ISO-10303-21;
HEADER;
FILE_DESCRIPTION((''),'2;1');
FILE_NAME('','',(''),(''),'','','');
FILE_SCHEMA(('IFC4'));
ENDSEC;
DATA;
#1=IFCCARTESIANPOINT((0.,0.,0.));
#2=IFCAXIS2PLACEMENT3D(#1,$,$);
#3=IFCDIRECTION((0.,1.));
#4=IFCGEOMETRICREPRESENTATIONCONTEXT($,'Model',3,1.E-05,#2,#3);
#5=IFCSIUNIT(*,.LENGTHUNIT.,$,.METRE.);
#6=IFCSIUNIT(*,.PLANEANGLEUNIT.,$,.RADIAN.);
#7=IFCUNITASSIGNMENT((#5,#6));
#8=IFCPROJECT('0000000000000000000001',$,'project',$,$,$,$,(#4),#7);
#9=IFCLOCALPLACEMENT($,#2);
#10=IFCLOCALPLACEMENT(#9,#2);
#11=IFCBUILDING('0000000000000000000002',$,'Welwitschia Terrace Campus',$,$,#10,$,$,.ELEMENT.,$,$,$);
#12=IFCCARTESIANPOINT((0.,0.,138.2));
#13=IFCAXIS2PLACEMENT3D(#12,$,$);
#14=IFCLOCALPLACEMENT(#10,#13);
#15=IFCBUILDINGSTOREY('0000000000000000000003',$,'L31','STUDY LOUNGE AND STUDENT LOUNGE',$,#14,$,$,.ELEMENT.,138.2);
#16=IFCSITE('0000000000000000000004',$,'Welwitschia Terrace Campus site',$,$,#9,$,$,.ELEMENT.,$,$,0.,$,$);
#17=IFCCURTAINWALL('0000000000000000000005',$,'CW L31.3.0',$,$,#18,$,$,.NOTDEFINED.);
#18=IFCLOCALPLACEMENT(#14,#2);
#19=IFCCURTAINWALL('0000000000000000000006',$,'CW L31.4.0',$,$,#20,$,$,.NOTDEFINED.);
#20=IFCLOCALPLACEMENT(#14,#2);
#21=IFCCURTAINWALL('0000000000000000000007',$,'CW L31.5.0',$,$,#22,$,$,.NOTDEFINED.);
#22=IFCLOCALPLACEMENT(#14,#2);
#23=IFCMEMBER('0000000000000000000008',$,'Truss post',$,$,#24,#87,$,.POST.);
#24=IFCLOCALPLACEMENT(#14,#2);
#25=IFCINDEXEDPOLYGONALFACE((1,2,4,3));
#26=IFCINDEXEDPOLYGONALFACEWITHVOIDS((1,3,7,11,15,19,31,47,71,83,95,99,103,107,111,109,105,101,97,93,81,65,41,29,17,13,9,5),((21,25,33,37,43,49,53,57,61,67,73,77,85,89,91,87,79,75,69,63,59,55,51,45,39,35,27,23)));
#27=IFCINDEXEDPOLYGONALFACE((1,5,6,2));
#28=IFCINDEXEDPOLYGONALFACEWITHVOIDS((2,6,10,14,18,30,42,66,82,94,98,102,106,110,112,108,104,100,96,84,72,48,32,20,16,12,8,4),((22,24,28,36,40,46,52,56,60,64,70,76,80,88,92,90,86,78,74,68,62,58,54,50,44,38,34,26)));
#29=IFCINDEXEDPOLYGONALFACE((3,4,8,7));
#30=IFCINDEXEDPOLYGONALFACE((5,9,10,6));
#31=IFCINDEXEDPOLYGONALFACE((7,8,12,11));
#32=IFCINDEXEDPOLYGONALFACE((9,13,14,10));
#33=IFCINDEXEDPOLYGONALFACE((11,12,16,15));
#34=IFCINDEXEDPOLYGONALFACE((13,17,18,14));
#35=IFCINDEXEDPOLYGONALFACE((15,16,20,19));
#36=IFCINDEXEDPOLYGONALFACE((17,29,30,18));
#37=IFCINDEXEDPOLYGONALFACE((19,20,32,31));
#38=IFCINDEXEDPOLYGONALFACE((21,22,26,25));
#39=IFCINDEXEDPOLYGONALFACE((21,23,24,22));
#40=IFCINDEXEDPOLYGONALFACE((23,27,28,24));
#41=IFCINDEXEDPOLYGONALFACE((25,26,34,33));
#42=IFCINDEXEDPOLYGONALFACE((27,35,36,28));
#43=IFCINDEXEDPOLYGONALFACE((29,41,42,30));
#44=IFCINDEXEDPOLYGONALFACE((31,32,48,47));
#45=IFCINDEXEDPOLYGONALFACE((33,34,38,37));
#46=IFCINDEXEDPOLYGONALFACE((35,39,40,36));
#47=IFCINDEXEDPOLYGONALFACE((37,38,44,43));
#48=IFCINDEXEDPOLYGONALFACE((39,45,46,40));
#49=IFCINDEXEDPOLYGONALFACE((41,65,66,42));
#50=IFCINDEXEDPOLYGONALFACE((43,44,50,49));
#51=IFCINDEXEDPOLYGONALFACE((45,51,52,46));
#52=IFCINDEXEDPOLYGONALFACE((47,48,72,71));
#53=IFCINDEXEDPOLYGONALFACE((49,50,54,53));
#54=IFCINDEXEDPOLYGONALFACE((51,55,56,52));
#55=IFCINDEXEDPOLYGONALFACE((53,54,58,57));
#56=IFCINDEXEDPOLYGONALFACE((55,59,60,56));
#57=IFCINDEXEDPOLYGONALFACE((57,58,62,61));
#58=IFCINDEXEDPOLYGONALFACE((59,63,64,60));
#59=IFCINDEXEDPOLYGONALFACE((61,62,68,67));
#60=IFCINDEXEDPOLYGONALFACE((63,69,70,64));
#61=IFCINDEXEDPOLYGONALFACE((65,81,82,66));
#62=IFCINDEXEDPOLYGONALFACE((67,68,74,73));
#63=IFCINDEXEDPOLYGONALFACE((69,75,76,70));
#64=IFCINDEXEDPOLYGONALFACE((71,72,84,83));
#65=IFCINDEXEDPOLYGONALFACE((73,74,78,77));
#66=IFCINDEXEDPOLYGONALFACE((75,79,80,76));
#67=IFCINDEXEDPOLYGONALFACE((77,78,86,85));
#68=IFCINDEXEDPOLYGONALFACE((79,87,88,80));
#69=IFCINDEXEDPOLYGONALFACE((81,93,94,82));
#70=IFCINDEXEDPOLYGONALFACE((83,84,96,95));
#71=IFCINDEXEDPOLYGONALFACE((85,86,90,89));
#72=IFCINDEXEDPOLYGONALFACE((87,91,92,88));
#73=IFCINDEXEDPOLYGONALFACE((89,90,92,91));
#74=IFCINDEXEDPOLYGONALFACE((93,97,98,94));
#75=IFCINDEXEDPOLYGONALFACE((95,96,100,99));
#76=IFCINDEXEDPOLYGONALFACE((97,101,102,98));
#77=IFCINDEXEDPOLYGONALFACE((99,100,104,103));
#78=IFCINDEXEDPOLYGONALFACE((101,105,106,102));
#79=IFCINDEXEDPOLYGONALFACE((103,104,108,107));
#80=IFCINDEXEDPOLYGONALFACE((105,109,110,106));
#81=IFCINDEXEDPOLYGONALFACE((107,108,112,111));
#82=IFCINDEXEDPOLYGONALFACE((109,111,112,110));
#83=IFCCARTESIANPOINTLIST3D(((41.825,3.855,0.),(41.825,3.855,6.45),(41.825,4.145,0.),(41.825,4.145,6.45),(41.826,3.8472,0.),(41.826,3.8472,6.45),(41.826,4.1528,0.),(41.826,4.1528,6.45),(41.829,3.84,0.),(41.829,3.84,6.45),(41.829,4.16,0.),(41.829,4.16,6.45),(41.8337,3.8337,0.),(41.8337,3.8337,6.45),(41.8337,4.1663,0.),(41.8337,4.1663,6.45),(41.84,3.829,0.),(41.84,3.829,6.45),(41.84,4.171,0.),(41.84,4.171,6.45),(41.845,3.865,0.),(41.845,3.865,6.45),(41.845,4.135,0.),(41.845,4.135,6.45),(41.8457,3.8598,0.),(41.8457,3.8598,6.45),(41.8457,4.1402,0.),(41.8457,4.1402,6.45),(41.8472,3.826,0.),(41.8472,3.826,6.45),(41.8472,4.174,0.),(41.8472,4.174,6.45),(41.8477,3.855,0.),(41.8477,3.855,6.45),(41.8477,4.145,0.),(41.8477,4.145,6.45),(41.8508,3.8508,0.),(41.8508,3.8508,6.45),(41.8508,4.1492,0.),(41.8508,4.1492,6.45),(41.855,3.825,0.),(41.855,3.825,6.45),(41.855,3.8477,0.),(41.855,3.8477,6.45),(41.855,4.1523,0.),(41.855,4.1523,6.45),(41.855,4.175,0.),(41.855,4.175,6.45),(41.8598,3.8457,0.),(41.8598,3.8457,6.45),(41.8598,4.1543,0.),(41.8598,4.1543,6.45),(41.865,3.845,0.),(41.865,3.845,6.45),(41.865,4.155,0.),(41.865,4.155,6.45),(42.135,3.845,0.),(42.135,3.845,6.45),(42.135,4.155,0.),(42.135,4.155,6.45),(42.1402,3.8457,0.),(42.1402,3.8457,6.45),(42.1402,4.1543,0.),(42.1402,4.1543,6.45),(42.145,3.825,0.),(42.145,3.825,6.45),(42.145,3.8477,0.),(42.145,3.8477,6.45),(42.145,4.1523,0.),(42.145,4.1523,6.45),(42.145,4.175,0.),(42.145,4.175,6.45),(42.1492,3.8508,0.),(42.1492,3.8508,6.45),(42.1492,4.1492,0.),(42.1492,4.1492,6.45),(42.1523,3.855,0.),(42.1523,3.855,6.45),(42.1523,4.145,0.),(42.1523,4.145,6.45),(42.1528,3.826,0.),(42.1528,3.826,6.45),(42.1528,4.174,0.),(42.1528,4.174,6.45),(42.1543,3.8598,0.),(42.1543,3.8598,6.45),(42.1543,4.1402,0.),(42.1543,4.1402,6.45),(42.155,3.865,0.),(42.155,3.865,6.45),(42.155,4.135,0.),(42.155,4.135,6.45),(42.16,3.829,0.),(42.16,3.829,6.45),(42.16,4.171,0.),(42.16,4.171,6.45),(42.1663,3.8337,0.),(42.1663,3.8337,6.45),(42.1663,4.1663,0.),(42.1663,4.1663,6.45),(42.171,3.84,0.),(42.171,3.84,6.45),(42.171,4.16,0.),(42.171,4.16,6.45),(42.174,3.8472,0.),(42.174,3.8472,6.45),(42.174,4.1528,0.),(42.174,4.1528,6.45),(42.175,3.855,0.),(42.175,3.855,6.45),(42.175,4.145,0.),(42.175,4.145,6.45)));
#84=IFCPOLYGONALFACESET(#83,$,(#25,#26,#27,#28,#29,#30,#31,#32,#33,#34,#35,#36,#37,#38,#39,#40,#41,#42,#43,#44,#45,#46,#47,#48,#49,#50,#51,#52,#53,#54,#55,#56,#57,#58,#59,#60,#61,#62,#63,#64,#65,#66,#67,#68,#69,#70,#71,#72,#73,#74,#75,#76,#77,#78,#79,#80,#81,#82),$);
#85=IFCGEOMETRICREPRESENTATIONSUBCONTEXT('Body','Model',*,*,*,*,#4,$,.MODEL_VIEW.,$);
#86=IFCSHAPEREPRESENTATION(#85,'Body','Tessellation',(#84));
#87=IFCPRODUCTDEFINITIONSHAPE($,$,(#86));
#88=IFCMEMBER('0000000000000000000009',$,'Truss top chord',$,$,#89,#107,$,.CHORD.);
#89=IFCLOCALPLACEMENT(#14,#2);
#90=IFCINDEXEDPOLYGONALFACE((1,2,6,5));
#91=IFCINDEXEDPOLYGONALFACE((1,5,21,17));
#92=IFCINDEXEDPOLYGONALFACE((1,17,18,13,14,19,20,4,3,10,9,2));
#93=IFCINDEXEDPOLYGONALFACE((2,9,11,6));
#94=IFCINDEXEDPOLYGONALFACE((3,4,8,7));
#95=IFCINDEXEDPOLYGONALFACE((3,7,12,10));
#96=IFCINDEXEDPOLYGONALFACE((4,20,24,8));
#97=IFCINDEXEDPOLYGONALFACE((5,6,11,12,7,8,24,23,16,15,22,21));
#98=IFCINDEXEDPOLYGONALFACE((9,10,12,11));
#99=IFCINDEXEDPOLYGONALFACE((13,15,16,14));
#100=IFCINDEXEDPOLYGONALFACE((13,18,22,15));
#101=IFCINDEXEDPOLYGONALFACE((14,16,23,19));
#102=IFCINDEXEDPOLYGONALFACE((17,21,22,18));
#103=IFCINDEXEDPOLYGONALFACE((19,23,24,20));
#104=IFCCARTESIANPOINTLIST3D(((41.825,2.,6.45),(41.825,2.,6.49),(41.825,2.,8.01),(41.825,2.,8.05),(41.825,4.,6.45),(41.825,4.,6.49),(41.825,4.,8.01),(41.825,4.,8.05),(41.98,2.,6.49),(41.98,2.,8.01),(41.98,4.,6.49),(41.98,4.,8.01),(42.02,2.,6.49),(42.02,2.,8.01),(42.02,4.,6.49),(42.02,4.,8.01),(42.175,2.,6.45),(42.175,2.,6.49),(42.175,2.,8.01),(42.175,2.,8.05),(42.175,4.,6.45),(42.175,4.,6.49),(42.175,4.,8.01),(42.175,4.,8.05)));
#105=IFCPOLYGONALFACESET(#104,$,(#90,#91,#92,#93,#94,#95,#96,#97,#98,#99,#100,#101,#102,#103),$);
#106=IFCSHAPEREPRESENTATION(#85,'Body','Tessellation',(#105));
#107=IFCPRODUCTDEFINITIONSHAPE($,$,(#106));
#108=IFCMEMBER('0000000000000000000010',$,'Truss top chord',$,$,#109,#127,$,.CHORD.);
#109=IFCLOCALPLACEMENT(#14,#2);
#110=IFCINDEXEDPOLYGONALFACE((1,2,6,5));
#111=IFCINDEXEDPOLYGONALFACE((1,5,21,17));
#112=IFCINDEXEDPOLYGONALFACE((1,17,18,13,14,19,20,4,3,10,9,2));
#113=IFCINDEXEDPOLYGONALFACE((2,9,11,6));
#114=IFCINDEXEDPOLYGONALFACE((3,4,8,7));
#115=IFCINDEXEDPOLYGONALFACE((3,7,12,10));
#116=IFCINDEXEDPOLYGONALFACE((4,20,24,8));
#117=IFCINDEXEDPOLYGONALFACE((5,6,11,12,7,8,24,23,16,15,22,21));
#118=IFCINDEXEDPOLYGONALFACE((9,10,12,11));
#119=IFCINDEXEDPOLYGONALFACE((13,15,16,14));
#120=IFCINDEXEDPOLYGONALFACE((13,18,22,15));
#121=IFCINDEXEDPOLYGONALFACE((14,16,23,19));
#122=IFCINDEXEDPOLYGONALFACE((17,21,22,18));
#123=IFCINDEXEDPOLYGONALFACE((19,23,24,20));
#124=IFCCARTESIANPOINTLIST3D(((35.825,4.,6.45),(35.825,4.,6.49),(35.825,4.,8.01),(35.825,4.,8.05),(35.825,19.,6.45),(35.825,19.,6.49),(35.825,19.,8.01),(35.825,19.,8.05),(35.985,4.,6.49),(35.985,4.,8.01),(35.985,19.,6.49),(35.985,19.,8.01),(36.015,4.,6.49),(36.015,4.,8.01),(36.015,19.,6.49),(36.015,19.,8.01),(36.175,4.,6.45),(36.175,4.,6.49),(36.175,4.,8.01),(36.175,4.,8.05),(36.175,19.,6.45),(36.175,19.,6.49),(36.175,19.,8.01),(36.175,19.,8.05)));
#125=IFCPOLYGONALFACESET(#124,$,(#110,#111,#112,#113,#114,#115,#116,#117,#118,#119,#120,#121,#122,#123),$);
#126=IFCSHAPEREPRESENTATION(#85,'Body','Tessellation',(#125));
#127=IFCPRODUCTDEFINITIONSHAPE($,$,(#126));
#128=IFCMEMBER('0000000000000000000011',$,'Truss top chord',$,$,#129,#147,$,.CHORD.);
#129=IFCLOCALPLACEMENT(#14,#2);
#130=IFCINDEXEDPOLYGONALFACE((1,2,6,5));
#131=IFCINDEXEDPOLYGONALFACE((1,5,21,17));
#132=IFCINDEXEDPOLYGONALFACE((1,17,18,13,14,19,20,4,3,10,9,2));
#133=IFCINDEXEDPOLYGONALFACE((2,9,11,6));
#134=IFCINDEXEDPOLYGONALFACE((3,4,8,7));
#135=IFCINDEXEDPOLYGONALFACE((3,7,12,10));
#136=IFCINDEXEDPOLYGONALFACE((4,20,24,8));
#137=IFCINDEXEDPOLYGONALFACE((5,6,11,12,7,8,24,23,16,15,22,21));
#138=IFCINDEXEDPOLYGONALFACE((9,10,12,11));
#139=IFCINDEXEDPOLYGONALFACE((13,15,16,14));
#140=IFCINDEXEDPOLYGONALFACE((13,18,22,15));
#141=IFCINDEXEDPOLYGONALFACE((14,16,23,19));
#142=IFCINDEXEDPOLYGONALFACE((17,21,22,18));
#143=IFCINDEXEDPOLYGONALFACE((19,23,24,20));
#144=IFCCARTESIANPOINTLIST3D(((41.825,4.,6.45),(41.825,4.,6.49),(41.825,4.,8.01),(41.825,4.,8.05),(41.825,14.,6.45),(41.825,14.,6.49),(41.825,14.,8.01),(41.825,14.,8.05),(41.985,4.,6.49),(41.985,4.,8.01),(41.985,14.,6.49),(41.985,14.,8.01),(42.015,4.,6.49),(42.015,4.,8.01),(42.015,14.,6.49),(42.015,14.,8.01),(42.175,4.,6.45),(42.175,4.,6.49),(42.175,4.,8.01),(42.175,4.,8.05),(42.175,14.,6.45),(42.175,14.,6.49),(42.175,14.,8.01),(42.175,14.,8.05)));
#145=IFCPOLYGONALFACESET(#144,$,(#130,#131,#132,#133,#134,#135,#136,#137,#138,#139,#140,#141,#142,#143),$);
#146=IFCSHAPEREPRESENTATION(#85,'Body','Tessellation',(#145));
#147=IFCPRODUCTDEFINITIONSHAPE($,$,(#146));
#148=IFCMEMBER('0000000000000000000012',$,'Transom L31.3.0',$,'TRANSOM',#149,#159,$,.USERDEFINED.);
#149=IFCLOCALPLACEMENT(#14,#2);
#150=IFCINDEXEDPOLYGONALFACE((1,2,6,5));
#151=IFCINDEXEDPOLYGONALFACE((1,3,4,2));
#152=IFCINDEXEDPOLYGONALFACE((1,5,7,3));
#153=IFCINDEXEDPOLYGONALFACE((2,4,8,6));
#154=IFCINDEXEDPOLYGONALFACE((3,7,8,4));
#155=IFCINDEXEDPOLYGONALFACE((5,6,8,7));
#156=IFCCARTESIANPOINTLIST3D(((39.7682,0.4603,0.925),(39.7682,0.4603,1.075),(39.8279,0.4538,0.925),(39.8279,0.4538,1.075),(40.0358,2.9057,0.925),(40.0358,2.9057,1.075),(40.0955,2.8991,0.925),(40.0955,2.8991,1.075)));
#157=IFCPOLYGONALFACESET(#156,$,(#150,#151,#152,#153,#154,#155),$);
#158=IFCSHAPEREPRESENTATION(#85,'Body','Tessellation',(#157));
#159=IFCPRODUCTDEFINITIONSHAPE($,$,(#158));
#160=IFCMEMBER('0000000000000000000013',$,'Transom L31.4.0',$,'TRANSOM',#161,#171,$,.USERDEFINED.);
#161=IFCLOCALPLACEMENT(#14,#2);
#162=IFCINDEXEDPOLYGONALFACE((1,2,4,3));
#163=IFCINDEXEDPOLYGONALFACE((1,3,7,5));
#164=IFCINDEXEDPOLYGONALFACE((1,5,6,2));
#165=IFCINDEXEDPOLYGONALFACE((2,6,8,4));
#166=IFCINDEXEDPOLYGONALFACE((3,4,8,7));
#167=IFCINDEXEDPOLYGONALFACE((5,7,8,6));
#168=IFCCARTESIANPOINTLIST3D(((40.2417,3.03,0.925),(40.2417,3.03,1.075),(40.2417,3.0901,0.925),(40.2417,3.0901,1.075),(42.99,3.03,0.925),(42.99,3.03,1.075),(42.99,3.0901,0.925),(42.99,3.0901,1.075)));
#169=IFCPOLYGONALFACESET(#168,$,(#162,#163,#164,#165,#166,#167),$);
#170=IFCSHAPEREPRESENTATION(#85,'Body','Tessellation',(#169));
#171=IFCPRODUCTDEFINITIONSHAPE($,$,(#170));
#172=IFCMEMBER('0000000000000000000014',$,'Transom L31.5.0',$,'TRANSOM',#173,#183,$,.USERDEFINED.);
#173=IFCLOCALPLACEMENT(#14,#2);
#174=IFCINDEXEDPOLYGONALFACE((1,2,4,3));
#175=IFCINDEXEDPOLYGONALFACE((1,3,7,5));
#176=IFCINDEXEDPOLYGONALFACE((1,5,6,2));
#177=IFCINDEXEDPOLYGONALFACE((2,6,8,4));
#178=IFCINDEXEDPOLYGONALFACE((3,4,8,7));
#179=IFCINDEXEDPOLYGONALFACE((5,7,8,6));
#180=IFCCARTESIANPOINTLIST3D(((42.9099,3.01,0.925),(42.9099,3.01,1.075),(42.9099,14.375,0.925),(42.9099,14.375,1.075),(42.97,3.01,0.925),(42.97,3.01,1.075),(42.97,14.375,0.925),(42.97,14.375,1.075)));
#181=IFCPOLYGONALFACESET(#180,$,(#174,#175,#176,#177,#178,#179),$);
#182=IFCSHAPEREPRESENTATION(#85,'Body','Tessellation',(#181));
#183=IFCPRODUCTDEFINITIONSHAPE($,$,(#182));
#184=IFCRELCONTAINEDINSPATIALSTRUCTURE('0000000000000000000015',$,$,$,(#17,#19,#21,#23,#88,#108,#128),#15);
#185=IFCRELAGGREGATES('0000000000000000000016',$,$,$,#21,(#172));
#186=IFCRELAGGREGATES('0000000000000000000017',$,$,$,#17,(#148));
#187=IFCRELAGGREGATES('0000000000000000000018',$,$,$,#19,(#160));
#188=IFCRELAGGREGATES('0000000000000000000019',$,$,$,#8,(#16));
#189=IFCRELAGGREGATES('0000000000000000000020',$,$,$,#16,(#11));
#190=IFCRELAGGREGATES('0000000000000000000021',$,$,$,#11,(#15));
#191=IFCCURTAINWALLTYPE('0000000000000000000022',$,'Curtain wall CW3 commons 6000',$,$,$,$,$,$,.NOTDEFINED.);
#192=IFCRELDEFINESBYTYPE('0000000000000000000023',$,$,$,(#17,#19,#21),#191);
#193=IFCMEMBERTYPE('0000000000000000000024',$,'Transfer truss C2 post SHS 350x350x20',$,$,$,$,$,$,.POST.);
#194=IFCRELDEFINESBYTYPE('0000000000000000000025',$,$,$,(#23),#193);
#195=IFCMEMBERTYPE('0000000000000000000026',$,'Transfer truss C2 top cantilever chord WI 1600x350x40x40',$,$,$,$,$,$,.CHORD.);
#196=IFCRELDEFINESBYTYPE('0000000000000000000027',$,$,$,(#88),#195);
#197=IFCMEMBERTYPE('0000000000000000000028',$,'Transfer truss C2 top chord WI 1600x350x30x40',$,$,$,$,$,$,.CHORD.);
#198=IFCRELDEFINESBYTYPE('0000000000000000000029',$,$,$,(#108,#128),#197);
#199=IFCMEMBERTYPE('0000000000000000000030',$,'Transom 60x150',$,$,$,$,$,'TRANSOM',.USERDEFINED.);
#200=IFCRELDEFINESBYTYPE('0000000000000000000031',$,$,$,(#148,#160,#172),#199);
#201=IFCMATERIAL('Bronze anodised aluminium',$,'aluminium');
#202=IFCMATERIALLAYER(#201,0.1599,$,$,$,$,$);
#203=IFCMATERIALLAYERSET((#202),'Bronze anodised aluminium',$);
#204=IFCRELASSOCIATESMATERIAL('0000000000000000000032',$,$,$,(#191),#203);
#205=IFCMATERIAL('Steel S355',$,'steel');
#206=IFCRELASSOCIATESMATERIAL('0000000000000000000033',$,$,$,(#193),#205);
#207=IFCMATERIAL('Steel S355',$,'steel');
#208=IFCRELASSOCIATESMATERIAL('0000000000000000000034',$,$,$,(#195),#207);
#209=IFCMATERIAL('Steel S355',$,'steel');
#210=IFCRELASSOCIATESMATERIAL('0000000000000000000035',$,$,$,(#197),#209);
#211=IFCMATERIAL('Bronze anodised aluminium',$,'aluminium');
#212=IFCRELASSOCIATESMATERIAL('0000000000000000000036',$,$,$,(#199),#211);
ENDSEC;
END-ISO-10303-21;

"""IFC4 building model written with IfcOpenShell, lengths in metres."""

from ifc_helpers import new_model, si_unit, direction, frame, origin, origin_2d, place, context, subcontext, project, spatial, rectangle, hollow_rectangle, i_section, extrude, material, layer, layer_set, material_profile, profile_set, type_object, element, aggregate, save


model = new_model("IFC4")

# Units and contexts
model_context = context("Model", 3, precision=1e-05, world=origin(), true_north=direction((0.0, 1.0)))
body_context = subcontext(model_context, "Body", "Model", "MODEL_VIEW")
ifc_project = project(units=[si_unit("LENGTHUNIT", "METRE"), si_unit("PLANEANGLEUNIT", "RADIAN")], contexts=[model_context])

# Site, building, storey
site_placement = place(None, origin())
site = spatial("IfcSite", under=ifc_project, at=site_placement, Name="Welwitschia Terrace Campus site", CompositionType="ELEMENT", RefElevation=0.0)
building_placement = place(site_placement, origin())
building = spatial("IfcBuilding", under=site, at=building_placement, Name="Welwitschia Terrace Campus", CompositionType="ELEMENT")
storey_placement = place(building_placement, frame((0.0, 0.0, 138.2)))
storey = spatial("IfcBuildingStorey", under=building, at=storey_placement, Name="L31", Description="STUDY LOUNGE AND STUDENT LOUNGE", CompositionType="ELEMENT", Elevation=138.2)

# Shared definitions
ifc_material_1 = material(Name="Bronze anodised aluminium", Category="aluminium")
ifc_layer_1 = layer(ifc_material_1, 0.1599)
ifc_layer_set_1 = layer_set([ifc_layer_1], Name="Bronze anodised aluminium")
curtain_wall_type = type_object("IfcCurtainWallType", Name="Curtain wall CW3 commons 6000", PredefinedType="NOTDEFINED", material=ifc_layer_set_1)

# Curtain walls
curtain_wall_1_placement = place(storey_placement, origin())
curtain_wall_1 = element("IfcCurtainWall", 1, at=curtain_wall_1_placement, inside=storey, type_object=curtain_wall_type, Name="CW L31.3.0", PredefinedType="NOTDEFINED")
curtain_wall_2_placement = place(storey_placement, origin())
curtain_wall_2 = element("IfcCurtainWall", 2, at=curtain_wall_2_placement, inside=storey, type_object=curtain_wall_type, Name="CW L31.4.0", PredefinedType="NOTDEFINED")

# Curtain wall
curtain_wall_3_placement = place(storey_placement, origin())
curtain_wall_3 = element("IfcCurtainWall", 3, at=curtain_wall_3_placement, inside=storey, type_object=curtain_wall_type, Name="CW L31.5.0", PredefinedType="NOTDEFINED")

# Members
ifc_material_2 = material(Name="Steel S355", Category="steel")
ifc_material_profile_1 = material_profile(ifc_material_2, hollow_rectangle(XDim=0.3501, YDim=0.3501, WallThickness=0.02, InnerFilletRadius=0.02, OuterFilletRadius=0.03, at=origin_2d()))
ifc_profile_set_1 = profile_set([ifc_material_profile_1], Name="Steel S355")
member_type_1 = type_object("IfcMemberType", Name="Transfer truss C2 post SHS 350x350x20", PredefinedType="POST", material=ifc_profile_set_1)
for number, where, z_axis, x_axis, name in (
    (4, (42.0, 4.0, 0.0), (0.0, 0.0, 1.0), (1.0, 0.0, 0.0), "Truss post"),
):
    element("IfcMember", number, at=place(storey_placement, frame(where, z_axis=z_axis, x_axis=x_axis)), inside=storey, type_object=member_type_1, Name=name, PredefinedType="POST", context=body_context, shape_type="SweptSolid", body=[
        extrude(hollow_rectangle(XDim=0.3501, YDim=0.3501, WallThickness=0.02, InnerFilletRadius=0.02, OuterFilletRadius=0.03, at=origin_2d()), origin(), (0.0, 0.0, 1.0), 6.45),
    ])
ifc_material_3 = material(Name="Steel S355", Category="steel")
ifc_material_profile_2 = material_profile(ifc_material_3, i_section(OverallWidth=0.3501, OverallDepth=1.6001, WebThickness=0.04, FlangeThickness=0.04, at=origin_2d()))
ifc_profile_set_2 = profile_set([ifc_material_profile_2], Name="Steel S355")
member_type_2 = type_object("IfcMemberType", Name="Transfer truss C2 top cantilever chord WI 1600x350x40x40", PredefinedType="CHORD", material=ifc_profile_set_2)
member_1_placement = place(storey_placement, frame((42.0, 2.0, 7.25), z_axis=(0.0, 1.0, 0.0), x_axis=(-1.0, 0.0, 0.0)))
element("IfcMember", 5, at=member_1_placement, inside=storey, type_object=member_type_2, Name="Truss top chord", PredefinedType="CHORD", context=body_context, shape_type="SweptSolid", body=[
    extrude(i_section(OverallWidth=0.3501, OverallDepth=1.6001, WebThickness=0.04, FlangeThickness=0.04, at=origin_2d()), origin(), (0.0, 0.0, 1.0), 2.0),
])
ifc_material_4 = material(Name="Steel S355", Category="steel")
ifc_material_profile_3 = material_profile(ifc_material_4, i_section(OverallWidth=0.3501, OverallDepth=1.6001, WebThickness=0.03, FlangeThickness=0.04, at=origin_2d()))
ifc_profile_set_3 = profile_set([ifc_material_profile_3], Name="Steel S355")
member_type_3 = type_object("IfcMemberType", Name="Transfer truss C2 top chord WI 1600x350x30x40", PredefinedType="CHORD", material=ifc_profile_set_3)
member_2_placement = place(storey_placement, frame((36.0, 4.0, 7.25), z_axis=(0.0, 1.0, 0.0), x_axis=(-1.0, 0.0, 0.0)))
element("IfcMember", 6, at=member_2_placement, inside=storey, type_object=member_type_3, Name="Truss top chord", PredefinedType="CHORD", context=body_context, shape_type="SweptSolid", body=[
    extrude(i_section(OverallWidth=0.3501, OverallDepth=1.6001, WebThickness=0.03, FlangeThickness=0.04, at=origin_2d()), origin(), (0.0, 0.0, 1.0), 15.0),
])
member_3_placement = place(storey_placement, frame((42.0, 4.0, 7.25), z_axis=(0.0, 1.0, 0.0), x_axis=(-1.0, 0.0, 0.0)))
element("IfcMember", 7, at=member_3_placement, inside=storey, type_object=member_type_3, Name="Truss top chord", PredefinedType="CHORD", context=body_context, shape_type="SweptSolid", body=[
    extrude(i_section(OverallWidth=0.3501, OverallDepth=1.6001, WebThickness=0.03, FlangeThickness=0.04, at=origin_2d()), origin(), (0.0, 0.0, 1.0), 10.0),
])

# Members
ifc_material_5 = material(Name="Bronze anodised aluminium", Category="aluminium")
ifc_material_profile_4 = material_profile(ifc_material_5, rectangle(XDim=0.0601, YDim=0.1499, at=origin_2d()))
ifc_profile_set_4 = profile_set([ifc_material_profile_4], Name="Bronze anodised aluminium")
member_type_4 = type_object("IfcMemberType", Name="Transom 60x150", ElementType="TRANSOM", PredefinedType="USERDEFINED", material=ifc_profile_set_4)
member_4_placement = place(storey_placement, frame((39.7981, 0.457, 1.0), z_axis=(0.108776, 0.994066, 0.0), x_axis=(-0.994066, 0.108776, 0.0)))
member_4 = element("IfcMember", 8, at=member_4_placement, type_object=member_type_4, Name="Transom L31.3.0", ObjectType="TRANSOM", PredefinedType="USERDEFINED", context=body_context, shape_type="SweptSolid", body=[
    extrude(rectangle(XDim=0.0601, YDim=0.1499, at=origin_2d()), origin(), (0.0, 0.0, 1.0), 2.46),
])
member_5_placement = place(storey_placement, frame((40.2417, 3.0601, 1.0), z_axis=(1.0, 0.0, 0.0), x_axis=(0.0, 1.0, 0.0)))
member_5 = element("IfcMember", 9, at=member_5_placement, type_object=member_type_4, Name="Transom L31.4.0", ObjectType="TRANSOM", PredefinedType="USERDEFINED", context=body_context, shape_type="SweptSolid", body=[
    extrude(rectangle(XDim=0.0601, YDim=0.1499, at=origin_2d()), origin(), (0.0, 0.0, 1.0), 2.7483),
])
member_6_placement = place(storey_placement, frame((42.9399, 3.01, 1.0), z_axis=(0.0, 1.0, 0.0), x_axis=(-1.0, 0.0, 0.0)))
member_6 = element("IfcMember", 10, at=member_6_placement, type_object=member_type_4, Name="Transom L31.5.0", ObjectType="TRANSOM", PredefinedType="USERDEFINED", context=body_context, shape_type="SweptSolid", body=[
    extrude(rectangle(XDim=0.0601, YDim=0.1499, at=origin_2d()), origin(), (0.0, 0.0, 1.0), 11.365),
])
aggregate(curtain_wall_3, [member_6])

aggregate(curtain_wall_1, [member_4])
aggregate(curtain_wall_2, [member_5])

save(model, "model.ifc")
